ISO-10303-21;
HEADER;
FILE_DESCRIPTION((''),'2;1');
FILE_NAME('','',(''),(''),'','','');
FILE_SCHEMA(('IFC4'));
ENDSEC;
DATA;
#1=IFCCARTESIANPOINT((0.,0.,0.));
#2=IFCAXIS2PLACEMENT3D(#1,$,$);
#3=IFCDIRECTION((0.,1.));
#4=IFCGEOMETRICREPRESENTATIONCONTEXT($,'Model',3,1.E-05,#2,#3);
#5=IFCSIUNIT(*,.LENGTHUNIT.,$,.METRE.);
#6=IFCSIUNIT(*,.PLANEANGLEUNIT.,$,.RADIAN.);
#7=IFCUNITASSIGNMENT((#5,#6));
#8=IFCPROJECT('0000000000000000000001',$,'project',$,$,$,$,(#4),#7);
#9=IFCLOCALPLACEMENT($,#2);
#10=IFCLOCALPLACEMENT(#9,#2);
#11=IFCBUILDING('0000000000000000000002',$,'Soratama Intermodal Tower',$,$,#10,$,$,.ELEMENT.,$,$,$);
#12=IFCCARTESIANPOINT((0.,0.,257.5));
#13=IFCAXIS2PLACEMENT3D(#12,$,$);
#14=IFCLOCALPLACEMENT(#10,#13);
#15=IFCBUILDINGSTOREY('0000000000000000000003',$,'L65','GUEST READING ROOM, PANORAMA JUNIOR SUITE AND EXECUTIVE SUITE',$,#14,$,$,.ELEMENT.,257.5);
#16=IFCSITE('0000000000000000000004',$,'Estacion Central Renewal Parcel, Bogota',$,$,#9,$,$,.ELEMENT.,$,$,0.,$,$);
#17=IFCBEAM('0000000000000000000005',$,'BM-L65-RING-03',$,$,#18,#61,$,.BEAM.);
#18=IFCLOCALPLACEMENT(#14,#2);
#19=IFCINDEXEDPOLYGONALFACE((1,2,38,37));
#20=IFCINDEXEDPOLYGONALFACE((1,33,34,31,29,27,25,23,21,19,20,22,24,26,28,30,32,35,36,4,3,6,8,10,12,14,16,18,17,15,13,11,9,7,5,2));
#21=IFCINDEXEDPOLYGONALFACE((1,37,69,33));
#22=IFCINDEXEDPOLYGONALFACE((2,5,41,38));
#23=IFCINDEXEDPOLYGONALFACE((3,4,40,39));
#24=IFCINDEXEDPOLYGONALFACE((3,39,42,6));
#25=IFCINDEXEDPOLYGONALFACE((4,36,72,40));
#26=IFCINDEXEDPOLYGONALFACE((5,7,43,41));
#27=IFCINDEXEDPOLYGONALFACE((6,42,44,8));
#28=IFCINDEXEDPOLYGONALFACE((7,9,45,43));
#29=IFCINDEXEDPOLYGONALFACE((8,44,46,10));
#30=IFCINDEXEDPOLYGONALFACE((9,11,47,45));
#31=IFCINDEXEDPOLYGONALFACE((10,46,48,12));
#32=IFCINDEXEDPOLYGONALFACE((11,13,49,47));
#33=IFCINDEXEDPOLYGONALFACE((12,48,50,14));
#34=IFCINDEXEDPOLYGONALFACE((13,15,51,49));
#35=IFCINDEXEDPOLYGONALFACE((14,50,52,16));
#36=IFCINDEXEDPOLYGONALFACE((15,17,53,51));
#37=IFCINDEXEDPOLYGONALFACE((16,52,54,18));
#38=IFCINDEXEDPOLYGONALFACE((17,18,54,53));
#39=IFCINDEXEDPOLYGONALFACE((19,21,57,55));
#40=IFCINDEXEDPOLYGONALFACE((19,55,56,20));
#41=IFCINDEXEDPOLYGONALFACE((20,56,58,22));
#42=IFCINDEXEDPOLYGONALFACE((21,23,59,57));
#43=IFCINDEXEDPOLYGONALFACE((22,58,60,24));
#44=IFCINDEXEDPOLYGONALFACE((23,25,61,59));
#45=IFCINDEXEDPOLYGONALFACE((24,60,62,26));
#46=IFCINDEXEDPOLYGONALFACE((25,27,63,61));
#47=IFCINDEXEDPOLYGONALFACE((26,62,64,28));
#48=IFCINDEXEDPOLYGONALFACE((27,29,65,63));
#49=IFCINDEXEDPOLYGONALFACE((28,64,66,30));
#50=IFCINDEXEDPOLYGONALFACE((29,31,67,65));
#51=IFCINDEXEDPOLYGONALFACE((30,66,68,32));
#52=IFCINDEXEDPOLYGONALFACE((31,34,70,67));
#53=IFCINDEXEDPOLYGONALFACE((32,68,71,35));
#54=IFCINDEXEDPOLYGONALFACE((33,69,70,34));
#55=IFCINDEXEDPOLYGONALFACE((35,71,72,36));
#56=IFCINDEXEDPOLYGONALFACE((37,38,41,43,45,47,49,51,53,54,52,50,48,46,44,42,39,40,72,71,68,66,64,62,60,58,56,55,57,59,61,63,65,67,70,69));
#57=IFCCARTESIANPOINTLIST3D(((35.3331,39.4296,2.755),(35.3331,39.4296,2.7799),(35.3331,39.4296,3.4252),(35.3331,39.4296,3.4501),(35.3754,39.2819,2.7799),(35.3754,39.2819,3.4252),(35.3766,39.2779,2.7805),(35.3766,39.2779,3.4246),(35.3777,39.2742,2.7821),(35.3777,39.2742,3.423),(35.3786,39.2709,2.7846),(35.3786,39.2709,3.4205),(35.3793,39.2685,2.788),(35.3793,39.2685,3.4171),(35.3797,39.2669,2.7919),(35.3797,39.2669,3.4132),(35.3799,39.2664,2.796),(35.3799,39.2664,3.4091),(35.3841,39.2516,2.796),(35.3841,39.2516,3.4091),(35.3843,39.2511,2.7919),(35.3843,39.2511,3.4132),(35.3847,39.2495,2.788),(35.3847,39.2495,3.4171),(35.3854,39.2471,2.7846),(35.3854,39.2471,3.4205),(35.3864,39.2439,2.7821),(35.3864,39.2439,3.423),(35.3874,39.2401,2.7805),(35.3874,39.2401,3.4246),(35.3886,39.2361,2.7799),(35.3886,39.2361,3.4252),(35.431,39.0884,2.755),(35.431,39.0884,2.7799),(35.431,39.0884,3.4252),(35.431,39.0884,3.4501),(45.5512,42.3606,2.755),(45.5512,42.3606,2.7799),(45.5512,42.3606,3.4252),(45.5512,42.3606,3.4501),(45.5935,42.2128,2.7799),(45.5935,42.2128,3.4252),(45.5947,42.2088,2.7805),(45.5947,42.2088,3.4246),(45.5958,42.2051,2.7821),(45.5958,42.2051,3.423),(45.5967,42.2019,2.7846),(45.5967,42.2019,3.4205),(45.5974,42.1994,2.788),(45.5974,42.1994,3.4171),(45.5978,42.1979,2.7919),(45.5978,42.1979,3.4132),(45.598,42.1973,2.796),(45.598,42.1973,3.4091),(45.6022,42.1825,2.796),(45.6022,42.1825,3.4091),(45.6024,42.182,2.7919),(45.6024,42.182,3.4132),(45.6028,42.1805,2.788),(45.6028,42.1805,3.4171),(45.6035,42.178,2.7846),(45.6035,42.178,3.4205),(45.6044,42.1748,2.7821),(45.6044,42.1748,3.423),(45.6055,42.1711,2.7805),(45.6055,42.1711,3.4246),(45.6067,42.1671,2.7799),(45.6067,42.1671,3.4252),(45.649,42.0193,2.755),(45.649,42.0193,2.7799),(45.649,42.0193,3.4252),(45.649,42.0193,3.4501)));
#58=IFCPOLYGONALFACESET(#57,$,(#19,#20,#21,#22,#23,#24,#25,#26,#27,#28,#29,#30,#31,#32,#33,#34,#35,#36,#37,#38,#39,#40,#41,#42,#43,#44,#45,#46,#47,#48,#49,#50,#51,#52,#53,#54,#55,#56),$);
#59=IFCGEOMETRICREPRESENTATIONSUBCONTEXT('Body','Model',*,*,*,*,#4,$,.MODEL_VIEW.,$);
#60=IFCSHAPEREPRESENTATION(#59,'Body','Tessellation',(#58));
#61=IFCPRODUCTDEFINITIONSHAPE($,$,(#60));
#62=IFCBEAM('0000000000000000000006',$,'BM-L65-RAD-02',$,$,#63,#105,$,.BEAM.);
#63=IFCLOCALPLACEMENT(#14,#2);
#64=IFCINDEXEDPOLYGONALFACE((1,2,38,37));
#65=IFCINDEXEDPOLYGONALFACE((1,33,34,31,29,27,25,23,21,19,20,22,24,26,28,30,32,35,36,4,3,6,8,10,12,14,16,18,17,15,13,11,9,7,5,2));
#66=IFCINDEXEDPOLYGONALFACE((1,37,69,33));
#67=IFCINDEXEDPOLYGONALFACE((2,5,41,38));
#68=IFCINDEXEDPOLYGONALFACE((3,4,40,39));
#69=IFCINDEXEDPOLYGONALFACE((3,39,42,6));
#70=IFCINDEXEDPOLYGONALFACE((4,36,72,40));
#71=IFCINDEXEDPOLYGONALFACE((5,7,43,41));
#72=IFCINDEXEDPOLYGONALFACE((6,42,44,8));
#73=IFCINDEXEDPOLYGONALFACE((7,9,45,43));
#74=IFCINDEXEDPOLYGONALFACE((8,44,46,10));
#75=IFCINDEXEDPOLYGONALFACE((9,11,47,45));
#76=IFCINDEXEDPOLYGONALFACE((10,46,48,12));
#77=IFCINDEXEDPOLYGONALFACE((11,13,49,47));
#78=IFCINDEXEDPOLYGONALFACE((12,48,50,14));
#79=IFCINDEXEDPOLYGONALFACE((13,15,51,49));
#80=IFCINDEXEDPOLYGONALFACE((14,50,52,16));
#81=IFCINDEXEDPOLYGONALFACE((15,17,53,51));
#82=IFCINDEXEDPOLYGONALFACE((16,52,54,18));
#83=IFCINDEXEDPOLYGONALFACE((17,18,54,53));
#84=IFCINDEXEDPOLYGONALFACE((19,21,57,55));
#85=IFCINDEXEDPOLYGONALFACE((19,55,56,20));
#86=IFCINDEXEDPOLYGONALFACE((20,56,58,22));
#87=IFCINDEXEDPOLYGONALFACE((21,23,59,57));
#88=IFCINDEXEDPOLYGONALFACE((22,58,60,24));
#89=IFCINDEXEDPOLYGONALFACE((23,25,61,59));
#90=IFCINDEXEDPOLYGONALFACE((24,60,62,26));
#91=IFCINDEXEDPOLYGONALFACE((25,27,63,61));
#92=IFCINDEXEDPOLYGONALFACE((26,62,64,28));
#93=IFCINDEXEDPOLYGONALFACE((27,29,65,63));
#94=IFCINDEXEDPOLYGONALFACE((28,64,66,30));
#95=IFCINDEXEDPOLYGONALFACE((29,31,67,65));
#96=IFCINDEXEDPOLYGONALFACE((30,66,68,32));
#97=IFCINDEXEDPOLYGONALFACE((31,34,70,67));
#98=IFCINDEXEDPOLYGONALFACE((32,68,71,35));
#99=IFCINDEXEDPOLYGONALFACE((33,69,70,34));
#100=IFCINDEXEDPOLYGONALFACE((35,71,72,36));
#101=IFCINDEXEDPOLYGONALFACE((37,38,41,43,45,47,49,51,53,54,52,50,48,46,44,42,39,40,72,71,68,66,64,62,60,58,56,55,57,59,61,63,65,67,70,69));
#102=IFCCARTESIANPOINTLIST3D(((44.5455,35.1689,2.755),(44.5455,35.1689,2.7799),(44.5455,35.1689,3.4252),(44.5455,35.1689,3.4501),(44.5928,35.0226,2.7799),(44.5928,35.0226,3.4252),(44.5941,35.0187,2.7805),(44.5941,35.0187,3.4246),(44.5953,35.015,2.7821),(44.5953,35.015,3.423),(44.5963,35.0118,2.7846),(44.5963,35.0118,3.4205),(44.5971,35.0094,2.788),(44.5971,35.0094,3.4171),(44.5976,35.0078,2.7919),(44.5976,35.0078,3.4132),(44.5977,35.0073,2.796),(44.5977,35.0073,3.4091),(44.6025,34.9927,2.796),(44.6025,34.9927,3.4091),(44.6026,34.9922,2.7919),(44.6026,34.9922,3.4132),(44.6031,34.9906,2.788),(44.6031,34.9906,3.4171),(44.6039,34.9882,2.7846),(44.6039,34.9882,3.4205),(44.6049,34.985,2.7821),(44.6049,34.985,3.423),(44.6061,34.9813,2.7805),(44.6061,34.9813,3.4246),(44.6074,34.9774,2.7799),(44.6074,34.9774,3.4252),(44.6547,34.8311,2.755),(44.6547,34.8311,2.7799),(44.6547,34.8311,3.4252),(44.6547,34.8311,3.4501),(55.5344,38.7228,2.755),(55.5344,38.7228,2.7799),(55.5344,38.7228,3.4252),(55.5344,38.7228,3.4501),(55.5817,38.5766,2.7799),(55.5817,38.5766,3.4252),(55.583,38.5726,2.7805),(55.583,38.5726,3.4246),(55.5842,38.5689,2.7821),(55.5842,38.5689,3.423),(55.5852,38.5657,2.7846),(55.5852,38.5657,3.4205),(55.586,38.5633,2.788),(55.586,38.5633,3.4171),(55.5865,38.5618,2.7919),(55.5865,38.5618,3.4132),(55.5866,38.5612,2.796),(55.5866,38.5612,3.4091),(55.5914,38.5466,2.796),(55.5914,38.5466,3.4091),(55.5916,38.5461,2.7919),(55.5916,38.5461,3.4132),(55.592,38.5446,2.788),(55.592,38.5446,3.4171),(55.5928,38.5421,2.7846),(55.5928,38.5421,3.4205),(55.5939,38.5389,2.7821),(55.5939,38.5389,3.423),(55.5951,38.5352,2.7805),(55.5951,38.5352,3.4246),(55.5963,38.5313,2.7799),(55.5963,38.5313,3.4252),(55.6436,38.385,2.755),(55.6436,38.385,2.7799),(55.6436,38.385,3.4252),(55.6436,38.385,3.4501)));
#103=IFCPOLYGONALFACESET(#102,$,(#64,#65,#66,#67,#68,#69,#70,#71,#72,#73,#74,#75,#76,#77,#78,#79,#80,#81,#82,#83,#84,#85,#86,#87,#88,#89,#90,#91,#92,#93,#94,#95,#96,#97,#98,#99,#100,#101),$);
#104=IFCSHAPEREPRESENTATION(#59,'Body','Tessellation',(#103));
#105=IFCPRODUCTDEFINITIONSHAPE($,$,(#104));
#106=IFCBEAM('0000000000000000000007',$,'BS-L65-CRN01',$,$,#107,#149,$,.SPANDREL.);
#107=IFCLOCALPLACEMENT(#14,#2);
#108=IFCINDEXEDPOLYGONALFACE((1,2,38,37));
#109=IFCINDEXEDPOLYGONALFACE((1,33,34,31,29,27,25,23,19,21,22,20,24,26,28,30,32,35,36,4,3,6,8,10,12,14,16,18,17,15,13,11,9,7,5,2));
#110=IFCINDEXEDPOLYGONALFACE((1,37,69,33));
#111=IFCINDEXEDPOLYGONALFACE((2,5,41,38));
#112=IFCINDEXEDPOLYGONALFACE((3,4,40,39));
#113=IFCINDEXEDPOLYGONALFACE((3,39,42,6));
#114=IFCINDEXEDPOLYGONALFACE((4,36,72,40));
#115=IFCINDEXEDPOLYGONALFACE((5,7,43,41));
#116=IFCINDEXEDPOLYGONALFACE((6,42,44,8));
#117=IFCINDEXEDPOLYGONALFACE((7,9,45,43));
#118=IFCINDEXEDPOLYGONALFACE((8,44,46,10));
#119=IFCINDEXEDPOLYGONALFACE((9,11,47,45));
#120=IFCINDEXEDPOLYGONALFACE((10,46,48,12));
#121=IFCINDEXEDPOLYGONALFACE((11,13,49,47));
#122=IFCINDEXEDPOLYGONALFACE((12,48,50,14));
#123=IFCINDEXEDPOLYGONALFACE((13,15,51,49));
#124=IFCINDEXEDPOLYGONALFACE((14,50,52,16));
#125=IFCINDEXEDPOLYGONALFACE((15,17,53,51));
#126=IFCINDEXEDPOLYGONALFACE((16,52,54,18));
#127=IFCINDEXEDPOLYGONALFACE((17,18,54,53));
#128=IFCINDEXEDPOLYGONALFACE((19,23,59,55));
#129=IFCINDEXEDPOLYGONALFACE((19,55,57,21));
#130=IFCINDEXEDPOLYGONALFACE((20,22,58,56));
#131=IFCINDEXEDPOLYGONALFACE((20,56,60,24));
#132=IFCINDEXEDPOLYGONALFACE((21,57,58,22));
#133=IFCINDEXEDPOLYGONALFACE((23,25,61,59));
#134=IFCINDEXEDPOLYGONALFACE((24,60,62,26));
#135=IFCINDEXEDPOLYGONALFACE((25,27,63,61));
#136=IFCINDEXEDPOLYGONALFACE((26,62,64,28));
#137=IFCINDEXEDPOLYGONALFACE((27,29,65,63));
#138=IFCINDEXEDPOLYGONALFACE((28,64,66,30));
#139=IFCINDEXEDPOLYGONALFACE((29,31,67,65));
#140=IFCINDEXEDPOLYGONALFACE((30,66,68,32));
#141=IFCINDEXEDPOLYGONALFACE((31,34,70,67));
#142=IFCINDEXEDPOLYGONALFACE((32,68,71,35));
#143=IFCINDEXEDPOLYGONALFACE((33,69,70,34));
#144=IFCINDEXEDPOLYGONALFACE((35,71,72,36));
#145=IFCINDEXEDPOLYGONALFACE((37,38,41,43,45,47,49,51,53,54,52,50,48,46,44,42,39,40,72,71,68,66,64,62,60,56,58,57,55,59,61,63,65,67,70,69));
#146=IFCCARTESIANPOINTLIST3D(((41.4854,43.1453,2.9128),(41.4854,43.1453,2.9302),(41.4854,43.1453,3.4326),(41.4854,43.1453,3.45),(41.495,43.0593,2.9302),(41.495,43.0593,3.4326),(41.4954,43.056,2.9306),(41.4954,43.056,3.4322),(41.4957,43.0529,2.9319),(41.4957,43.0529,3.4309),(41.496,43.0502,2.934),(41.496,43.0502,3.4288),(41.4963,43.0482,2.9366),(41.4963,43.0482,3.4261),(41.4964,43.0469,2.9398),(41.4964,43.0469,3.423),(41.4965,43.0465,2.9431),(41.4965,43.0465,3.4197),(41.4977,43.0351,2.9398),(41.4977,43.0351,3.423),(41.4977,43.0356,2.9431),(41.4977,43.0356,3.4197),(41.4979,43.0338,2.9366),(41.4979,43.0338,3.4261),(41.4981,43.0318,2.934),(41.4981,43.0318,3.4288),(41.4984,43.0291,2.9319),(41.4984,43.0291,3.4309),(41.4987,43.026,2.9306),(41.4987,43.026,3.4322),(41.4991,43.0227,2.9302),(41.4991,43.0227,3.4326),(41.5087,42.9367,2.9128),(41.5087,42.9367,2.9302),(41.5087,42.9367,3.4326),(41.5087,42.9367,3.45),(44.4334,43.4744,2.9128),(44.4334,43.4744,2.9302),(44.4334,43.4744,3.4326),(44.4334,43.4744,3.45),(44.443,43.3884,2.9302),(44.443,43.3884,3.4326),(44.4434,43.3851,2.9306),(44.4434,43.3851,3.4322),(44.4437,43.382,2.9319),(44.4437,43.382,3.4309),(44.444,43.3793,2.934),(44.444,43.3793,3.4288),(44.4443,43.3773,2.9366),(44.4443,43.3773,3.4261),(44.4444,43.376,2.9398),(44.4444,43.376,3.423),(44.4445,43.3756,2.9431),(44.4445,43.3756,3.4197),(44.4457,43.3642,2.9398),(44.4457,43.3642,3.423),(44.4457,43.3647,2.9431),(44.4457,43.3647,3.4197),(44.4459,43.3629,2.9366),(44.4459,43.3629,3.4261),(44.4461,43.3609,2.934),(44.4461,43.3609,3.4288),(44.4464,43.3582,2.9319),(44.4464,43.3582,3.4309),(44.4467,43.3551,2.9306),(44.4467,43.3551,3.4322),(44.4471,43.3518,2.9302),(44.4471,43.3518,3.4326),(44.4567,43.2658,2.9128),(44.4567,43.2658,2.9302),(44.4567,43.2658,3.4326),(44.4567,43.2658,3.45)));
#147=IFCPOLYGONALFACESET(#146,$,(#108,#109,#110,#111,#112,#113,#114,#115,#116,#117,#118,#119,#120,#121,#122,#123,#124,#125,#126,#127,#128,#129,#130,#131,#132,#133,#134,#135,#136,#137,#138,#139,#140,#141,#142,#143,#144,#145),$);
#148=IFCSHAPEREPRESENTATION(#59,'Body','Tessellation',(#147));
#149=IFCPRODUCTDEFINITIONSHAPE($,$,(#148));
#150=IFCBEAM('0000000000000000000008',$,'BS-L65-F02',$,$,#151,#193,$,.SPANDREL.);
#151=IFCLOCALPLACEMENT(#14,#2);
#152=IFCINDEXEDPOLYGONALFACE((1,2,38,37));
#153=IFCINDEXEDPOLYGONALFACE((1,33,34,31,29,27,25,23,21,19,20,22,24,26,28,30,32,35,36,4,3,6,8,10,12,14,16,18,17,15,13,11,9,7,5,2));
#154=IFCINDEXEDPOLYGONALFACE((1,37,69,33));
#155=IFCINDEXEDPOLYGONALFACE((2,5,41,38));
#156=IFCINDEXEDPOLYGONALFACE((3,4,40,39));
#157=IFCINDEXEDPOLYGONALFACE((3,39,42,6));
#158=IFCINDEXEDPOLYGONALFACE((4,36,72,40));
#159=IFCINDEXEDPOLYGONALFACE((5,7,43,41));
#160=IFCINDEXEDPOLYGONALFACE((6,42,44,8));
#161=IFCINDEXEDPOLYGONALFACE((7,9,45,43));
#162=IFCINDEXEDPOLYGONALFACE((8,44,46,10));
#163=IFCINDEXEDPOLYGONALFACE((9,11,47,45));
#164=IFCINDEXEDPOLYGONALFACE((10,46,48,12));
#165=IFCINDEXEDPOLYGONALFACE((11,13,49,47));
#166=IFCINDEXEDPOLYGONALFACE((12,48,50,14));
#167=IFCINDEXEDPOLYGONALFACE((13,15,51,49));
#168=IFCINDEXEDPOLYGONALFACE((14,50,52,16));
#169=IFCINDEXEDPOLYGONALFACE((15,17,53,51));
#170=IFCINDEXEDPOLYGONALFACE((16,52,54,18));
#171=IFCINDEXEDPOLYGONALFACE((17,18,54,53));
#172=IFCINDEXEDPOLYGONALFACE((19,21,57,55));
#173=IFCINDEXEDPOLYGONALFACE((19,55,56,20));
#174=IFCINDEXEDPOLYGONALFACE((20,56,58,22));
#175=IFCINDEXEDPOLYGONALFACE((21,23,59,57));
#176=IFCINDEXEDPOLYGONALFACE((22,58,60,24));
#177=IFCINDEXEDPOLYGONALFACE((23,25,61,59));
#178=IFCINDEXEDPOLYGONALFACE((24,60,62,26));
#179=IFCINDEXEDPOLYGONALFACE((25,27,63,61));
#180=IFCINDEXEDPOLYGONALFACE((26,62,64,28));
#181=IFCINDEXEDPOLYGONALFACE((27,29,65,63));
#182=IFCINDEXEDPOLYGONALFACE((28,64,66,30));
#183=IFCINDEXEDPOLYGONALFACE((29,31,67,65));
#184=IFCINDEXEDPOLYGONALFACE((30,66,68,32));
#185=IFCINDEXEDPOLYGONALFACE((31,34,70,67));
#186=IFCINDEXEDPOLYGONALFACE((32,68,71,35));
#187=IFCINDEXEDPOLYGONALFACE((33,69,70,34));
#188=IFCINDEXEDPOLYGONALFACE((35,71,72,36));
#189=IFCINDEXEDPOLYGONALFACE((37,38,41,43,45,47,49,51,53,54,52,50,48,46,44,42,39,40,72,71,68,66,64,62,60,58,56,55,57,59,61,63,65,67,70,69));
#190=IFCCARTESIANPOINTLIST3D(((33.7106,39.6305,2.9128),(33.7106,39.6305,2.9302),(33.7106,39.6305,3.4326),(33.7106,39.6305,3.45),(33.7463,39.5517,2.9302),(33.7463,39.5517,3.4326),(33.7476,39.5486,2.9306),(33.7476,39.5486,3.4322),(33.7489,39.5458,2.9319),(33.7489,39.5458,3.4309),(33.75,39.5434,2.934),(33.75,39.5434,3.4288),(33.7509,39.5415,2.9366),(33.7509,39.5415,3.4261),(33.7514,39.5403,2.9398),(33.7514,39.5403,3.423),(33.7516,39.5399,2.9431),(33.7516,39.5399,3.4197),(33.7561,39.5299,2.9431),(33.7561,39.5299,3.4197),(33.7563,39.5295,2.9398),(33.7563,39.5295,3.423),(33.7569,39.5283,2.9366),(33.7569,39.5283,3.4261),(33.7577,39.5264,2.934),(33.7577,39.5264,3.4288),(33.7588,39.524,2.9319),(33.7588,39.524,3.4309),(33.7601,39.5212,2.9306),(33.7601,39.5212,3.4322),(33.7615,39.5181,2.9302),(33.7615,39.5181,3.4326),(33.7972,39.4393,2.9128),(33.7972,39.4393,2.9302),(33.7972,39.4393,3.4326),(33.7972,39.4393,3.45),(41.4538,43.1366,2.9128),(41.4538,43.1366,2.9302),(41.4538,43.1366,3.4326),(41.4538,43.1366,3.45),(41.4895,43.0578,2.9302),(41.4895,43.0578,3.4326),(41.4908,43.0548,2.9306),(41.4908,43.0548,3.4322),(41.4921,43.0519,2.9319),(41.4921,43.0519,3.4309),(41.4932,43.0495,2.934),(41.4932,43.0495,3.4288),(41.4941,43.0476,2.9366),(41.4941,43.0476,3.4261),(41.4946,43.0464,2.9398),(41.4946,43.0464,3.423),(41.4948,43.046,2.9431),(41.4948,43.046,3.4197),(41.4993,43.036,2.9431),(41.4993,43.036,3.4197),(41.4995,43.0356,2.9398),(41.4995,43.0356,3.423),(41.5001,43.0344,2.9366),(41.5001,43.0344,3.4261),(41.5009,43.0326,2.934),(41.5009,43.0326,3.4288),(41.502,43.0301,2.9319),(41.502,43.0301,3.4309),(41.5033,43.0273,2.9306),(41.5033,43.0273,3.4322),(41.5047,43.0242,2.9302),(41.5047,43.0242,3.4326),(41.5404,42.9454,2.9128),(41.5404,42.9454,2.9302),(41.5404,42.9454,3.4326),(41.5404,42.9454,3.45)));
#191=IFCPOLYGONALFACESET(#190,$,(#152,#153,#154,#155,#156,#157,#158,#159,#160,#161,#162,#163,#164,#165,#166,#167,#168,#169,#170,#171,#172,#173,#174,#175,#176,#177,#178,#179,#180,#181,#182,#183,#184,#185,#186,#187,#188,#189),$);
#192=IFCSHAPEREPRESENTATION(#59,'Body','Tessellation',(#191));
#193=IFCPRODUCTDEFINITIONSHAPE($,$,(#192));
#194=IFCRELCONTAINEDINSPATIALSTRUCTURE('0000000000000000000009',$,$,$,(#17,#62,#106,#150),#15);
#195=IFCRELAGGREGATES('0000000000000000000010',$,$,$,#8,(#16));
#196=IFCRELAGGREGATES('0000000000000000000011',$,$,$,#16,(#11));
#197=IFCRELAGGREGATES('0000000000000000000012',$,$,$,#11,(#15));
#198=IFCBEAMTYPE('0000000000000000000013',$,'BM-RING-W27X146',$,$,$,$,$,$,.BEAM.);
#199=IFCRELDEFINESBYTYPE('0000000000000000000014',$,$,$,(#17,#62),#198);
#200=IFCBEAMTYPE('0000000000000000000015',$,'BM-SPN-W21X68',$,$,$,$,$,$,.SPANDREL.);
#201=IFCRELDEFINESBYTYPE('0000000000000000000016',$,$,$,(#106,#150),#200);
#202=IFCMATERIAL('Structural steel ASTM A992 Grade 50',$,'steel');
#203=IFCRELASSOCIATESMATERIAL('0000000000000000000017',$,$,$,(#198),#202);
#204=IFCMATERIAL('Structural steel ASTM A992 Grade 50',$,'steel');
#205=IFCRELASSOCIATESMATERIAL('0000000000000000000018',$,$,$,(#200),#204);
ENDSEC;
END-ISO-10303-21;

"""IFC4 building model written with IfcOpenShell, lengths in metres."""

from ifc_helpers import new_model, si_unit, direction, frame, origin, origin_2d, place, context, subcontext, project, spatial, i_section, extrude, material, material_profile, profile_set, type_object, element, save


model = new_model("IFC4")

# Units and contexts
model_context = context("Model", 3, precision=1e-05, world=origin(), true_north=direction((0.0, 1.0)))
body_context = subcontext(model_context, "Body", "Model", "MODEL_VIEW")
ifc_project = project(units=[si_unit("LENGTHUNIT", "METRE"), si_unit("PLANEANGLEUNIT", "RADIAN")], contexts=[model_context])

# Site, building, storey
site_placement = place(None, origin())
site = spatial("IfcSite", under=ifc_project, at=site_placement, Name="Estacion Central Renewal Parcel, Bogota", CompositionType="ELEMENT", RefElevation=0.0)
building_placement = place(site_placement, origin())
building = spatial("IfcBuilding", under=site, at=building_placement, Name="Soratama Intermodal Tower", CompositionType="ELEMENT")
storey_placement = place(building_placement, frame((0.0, 0.0, 257.5)))
storey = spatial("IfcBuildingStorey", under=building, at=storey_placement, Name="L65", Description="GUEST READING ROOM, PANORAMA JUNIOR SUITE AND EXECUTIVE SUITE", CompositionType="ELEMENT", Elevation=257.5)

# Beams
ifc_material_1 = material(Name="Structural steel ASTM A992 Grade 50", Category="steel")
ifc_material_profile_1 = material_profile(ifc_material_1, i_section(OverallWidth=0.355, OverallDepth=0.6951, WebThickness=0.0154, FlangeThickness=0.0249, FilletRadius=0.0161, at=origin_2d()), Name="W27X146")
ifc_profile_set_1 = profile_set([ifc_material_profile_1], Name="Structural steel ASTM A992 Grade 50")
beam_type_1 = type_object("IfcBeamType", Name="BM-RING-W27X146", PredefinedType="BEAM", material=ifc_profile_set_1)
beam_1_placement = place(storey_placement, frame((45.6001, 42.1899, 3.1025), z_axis=(-0.961238, -0.275719, 0.0), x_axis=(0.275719, -0.961238, 0.0)))
element("IfcBeam", 1, at=beam_1_placement, inside=storey, type_object=beam_type_1, Name="BM-L65-RING-03", PredefinedType="BEAM", context=body_context, shape_type="SweptSolid", body=[
    extrude(i_section(OverallWidth=0.355, OverallDepth=0.6951, WebThickness=0.0154, FlangeThickness=0.0249, FilletRadius=0.0161, at=origin_2d()), origin(), (0.0, 0.0, 1.0), 10.6301),
])
beam_2_placement = place(storey_placement, frame((44.6001, 35.0, 3.1025), z_axis=(0.951478, 0.307717, 0.0), x_axis=(-0.307717, 0.951478, 0.0)))
element("IfcBeam", 2, at=beam_2_placement, inside=storey, type_object=beam_type_1, Name="BM-L65-RAD-02", PredefinedType="BEAM", context=body_context, shape_type="SweptSolid", body=[
    extrude(i_section(OverallWidth=0.355, OverallDepth=0.6951, WebThickness=0.0154, FlangeThickness=0.0249, FilletRadius=0.0161, at=origin_2d()), origin(), (0.0, 0.0, 1.0), 11.5493),
])
ifc_material_2 = material(Name="Structural steel ASTM A992 Grade 50", Category="steel")
ifc_material_profile_2 = material_profile(ifc_material_2, i_section(OverallWidth=0.21, OverallDepth=0.5371, WebThickness=0.011, FlangeThickness=0.0173, FilletRadius=0.0129, at=origin_2d()), Name="W21X68")
ifc_profile_set_2 = profile_set([ifc_material_profile_2], Name="Structural steel ASTM A992 Grade 50")
beam_type_2 = type_object("IfcBeamType", Name="BM-SPN-W21X68", PredefinedType="SPANDREL", material=ifc_profile_set_2)
beam_3_placement = place(storey_placement, frame((44.4451, 43.3701, 3.1814), z_axis=(-0.993826, -0.110946, 0.0), x_axis=(0.110946, -0.993826, 0.0)))
element("IfcBeam", 3, at=beam_3_placement, inside=storey, type_object=beam_type_2, Name="BS-L65-CRN01", PredefinedType="SPANDREL", context=body_context, shape_type="SweptSolid", body=[
    extrude(i_section(OverallWidth=0.21, OverallDepth=0.5371, WebThickness=0.011, FlangeThickness=0.0173, FilletRadius=0.0129, at=origin_2d()), origin(), (0.0, 0.0, 1.0), 2.9663),
])
beam_4_placement = place(storey_placement, frame((41.4971, 43.041, 3.1814), z_axis=(-0.910965, -0.412485, 0.0), x_axis=(0.412485, -0.910965, 0.0)))
element("IfcBeam", 4, at=beam_4_placement, inside=storey, type_object=beam_type_2, Name="BS-L65-F02", PredefinedType="SPANDREL", context=body_context, shape_type="SweptSolid", body=[
    extrude(i_section(OverallWidth=0.21, OverallDepth=0.5371, WebThickness=0.011, FlangeThickness=0.0173, FilletRadius=0.0129, at=origin_2d()), origin(), (0.0, 0.0, 1.0), 8.5),
])

save(model, "model.ifc")
